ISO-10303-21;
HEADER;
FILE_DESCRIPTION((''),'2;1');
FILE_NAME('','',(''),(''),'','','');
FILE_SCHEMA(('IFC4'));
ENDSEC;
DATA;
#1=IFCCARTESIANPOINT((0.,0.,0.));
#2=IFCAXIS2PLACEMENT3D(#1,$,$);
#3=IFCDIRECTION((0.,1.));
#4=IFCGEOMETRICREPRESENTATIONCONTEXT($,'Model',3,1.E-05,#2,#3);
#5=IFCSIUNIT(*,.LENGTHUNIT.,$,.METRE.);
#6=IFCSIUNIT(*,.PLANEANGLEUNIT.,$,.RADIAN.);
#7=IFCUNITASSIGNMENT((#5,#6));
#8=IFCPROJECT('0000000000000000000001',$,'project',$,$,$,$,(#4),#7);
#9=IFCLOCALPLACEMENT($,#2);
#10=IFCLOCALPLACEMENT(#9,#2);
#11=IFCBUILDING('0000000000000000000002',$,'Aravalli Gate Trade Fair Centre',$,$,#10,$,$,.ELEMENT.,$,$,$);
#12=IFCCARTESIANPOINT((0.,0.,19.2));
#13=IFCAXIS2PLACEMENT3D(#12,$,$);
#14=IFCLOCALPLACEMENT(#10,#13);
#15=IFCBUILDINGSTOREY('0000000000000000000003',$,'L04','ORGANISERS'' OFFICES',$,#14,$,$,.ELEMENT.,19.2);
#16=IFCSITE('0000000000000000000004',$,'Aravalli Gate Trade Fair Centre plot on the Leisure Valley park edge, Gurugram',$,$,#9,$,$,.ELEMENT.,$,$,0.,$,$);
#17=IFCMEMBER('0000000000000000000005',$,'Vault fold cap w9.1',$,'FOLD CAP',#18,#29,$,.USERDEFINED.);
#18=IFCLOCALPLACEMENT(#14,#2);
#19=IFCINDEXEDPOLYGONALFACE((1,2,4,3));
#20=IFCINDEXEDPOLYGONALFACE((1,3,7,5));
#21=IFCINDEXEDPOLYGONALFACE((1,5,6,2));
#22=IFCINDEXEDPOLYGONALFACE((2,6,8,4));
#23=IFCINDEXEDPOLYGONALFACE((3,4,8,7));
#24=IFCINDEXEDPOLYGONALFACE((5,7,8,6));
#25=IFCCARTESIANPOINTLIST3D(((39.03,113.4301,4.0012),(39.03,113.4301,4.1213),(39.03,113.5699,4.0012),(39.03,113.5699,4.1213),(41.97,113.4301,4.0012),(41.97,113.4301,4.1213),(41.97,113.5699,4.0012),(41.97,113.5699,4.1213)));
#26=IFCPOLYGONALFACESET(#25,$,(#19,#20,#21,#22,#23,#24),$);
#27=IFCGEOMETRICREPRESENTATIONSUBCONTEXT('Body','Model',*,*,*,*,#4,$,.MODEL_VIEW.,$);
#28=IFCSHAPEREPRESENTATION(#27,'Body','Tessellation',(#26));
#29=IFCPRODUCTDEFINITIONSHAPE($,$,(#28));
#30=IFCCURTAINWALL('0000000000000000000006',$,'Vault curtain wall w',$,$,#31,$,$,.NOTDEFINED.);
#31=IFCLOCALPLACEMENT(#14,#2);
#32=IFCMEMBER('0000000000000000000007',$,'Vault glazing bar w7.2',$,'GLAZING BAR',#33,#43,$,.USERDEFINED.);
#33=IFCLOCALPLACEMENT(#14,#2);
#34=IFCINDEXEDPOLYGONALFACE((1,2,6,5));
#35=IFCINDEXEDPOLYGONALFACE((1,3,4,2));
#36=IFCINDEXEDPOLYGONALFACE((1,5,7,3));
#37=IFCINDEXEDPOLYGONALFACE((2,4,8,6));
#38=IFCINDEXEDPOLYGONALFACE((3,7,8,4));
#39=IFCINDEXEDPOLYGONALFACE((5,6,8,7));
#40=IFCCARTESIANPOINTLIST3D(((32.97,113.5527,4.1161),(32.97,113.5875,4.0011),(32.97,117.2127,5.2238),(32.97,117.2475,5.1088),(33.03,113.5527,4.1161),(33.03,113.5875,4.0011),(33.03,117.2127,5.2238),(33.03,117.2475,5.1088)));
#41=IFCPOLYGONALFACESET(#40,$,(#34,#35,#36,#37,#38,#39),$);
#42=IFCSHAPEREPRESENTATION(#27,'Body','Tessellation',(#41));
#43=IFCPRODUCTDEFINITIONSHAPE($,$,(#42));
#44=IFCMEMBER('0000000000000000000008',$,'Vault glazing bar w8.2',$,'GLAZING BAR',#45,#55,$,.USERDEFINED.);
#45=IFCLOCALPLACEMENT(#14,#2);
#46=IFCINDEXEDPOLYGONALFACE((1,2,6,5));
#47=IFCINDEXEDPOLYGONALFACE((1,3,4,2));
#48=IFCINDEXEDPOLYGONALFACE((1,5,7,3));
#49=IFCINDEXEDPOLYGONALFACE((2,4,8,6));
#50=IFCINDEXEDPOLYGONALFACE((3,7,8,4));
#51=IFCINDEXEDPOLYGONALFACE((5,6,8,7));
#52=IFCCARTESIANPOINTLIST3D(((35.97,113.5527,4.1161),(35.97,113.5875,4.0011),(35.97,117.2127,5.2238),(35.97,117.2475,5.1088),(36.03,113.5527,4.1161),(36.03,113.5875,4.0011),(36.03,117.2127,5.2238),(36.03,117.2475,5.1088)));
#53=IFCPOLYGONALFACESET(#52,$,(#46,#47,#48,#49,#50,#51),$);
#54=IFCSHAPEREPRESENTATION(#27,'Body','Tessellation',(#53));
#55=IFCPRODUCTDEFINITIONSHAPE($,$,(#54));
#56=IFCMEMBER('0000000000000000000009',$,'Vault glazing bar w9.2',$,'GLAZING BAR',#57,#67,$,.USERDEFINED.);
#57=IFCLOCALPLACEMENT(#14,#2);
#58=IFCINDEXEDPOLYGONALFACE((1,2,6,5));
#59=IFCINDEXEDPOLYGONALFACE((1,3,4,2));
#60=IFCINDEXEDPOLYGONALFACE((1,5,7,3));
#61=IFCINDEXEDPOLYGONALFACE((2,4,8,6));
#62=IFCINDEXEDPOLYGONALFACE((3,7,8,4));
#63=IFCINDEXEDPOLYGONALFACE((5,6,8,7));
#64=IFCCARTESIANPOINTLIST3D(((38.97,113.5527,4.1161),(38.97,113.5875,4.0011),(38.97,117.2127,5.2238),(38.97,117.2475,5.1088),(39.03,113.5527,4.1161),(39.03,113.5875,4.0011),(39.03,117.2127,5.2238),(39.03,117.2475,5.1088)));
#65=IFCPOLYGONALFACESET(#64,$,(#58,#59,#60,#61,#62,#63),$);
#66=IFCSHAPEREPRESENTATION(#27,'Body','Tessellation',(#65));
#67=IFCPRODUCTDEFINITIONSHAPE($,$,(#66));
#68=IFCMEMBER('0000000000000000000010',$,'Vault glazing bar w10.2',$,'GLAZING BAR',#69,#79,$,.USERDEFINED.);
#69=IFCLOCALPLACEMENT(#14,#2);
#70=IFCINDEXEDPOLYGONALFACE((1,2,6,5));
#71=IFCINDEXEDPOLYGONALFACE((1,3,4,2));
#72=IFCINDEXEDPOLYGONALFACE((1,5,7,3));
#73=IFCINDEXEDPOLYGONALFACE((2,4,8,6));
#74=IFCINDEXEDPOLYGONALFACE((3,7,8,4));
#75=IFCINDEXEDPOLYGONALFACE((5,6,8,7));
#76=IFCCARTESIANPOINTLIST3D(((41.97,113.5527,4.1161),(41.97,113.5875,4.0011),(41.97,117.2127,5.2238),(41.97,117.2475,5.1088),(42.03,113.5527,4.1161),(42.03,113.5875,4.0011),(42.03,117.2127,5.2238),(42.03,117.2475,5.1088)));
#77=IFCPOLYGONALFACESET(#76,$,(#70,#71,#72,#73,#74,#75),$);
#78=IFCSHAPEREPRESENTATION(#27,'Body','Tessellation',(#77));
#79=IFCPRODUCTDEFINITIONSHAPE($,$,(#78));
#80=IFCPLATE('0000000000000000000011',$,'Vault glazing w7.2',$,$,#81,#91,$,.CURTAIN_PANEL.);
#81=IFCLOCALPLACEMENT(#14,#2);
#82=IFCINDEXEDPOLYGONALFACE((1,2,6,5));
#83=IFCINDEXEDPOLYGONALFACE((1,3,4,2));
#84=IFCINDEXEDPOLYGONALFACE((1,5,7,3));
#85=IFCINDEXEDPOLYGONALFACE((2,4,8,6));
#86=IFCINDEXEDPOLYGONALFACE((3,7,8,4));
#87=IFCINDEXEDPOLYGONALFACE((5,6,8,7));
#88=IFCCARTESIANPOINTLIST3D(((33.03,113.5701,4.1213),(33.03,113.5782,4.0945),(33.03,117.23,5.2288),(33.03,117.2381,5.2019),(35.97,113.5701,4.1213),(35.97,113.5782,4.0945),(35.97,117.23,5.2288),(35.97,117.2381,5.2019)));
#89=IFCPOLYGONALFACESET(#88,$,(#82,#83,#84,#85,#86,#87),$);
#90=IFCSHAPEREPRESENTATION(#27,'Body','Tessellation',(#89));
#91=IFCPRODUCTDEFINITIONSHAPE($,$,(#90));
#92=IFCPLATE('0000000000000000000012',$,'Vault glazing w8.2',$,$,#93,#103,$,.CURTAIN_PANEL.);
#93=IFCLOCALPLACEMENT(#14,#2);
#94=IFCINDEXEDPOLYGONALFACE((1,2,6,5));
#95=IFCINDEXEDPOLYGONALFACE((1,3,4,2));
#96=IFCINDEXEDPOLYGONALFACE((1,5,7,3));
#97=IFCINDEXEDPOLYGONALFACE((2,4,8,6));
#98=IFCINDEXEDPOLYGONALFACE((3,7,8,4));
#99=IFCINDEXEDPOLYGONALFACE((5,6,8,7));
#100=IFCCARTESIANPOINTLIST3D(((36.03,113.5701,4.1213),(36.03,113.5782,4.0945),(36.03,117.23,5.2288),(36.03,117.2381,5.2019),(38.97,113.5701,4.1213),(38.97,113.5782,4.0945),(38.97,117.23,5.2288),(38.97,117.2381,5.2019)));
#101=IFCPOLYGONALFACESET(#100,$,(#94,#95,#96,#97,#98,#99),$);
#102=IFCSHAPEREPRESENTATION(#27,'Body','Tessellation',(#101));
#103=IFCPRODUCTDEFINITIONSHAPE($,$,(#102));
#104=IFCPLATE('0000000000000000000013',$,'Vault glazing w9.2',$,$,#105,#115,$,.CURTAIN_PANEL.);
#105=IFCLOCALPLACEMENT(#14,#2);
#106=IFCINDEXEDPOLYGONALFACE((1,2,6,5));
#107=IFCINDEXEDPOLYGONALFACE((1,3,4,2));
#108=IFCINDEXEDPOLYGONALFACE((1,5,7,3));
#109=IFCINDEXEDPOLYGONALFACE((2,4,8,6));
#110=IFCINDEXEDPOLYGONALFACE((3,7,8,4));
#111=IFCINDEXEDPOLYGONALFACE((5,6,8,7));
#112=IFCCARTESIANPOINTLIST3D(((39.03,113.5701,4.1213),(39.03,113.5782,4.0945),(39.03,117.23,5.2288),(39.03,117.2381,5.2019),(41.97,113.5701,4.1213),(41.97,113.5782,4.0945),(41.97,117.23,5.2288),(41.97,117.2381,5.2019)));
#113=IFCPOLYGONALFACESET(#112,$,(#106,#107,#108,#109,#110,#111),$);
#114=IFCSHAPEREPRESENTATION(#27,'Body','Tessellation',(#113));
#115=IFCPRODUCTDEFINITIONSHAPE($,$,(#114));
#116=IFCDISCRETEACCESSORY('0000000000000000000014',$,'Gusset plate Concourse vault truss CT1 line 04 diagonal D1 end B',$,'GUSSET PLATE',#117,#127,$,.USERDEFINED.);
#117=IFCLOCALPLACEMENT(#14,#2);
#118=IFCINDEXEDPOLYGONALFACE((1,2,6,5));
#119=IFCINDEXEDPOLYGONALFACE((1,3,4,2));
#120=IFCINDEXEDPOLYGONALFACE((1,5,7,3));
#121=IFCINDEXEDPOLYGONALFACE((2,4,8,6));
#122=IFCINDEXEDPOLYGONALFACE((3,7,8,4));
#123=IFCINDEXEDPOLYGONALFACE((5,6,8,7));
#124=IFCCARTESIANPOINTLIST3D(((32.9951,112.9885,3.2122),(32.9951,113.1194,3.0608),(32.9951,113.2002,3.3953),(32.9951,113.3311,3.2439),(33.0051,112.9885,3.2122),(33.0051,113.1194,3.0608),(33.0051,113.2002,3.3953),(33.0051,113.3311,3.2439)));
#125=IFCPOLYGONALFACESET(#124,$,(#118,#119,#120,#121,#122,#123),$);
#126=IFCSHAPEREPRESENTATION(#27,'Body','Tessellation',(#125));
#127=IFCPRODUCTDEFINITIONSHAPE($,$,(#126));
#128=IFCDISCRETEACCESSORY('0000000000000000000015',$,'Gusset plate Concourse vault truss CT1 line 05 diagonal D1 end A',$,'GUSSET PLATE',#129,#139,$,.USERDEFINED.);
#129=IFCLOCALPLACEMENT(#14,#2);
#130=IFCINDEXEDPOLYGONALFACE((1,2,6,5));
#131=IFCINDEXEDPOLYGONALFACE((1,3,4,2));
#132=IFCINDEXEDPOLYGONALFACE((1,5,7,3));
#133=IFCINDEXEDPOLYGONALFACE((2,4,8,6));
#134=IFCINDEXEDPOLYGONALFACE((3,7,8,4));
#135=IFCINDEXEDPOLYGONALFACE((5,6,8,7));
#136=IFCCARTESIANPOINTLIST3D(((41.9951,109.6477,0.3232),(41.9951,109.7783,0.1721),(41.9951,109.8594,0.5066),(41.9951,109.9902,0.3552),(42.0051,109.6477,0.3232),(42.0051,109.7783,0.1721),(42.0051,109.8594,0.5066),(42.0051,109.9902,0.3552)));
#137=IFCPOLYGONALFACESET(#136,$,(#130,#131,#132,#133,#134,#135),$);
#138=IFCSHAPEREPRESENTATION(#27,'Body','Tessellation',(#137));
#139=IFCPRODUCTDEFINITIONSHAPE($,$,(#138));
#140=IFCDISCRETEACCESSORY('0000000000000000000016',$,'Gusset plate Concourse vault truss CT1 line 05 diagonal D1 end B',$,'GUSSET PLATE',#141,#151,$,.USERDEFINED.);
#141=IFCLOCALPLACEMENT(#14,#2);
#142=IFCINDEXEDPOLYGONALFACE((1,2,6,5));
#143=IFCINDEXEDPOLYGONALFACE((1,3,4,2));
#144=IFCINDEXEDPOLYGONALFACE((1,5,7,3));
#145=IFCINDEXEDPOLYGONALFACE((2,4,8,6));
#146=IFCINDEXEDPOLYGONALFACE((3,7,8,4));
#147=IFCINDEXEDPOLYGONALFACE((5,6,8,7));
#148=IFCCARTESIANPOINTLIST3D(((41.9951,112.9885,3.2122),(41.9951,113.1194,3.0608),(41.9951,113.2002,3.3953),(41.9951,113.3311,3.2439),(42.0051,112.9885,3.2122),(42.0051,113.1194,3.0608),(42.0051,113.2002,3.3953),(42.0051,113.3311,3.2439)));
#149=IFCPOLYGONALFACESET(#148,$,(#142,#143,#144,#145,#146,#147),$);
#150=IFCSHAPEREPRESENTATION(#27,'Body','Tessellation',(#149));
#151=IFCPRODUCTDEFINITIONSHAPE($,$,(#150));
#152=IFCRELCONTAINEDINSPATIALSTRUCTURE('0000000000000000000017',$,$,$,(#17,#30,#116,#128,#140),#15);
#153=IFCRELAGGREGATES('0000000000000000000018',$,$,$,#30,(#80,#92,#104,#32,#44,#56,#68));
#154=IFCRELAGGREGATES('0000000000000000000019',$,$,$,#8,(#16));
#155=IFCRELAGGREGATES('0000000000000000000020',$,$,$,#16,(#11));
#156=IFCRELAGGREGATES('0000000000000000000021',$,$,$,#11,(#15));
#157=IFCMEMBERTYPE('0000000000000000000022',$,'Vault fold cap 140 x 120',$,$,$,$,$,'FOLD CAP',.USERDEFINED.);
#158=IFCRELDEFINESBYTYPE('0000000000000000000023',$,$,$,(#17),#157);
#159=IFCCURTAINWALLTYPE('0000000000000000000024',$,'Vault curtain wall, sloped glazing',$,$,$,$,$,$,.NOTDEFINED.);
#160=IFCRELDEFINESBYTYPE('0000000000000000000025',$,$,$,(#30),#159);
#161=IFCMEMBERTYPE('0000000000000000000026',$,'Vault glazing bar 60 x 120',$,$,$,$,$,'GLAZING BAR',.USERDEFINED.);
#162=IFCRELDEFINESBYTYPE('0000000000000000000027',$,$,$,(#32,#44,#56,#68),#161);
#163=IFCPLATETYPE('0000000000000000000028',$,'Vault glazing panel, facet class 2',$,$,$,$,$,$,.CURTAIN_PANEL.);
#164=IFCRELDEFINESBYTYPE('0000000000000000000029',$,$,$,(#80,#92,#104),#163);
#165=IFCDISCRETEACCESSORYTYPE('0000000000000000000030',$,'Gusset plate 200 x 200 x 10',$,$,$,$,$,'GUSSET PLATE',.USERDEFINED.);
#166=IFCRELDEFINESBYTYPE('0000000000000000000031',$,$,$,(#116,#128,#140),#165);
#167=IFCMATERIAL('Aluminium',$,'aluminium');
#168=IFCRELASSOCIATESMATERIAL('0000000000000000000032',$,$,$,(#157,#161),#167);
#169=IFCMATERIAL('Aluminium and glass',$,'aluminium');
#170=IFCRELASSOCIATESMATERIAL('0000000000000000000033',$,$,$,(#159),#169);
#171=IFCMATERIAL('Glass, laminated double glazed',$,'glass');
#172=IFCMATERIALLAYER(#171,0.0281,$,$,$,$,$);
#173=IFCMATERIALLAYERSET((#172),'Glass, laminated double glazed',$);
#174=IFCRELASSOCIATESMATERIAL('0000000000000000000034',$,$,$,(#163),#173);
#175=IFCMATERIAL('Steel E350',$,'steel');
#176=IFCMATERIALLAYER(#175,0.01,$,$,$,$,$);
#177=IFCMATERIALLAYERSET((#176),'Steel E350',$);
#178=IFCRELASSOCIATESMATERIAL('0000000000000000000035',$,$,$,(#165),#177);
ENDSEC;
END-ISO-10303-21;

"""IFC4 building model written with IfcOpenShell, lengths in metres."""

from ifc_helpers import new_model, si_unit, direction, frame, origin, origin_2d, place, context, subcontext, project, spatial, polyline, rectangle, outline, extrude, material, layer, layer_set, material_profile, profile_set, type_object, element, aggregate, save


model = new_model("IFC4")

# Units and contexts
model_context = context("Model", 3, precision=1e-05, world=origin(), true_north=direction((0.0, 1.0)))
body_context = subcontext(model_context, "Body", "Model", "MODEL_VIEW")
ifc_project = project(units=[si_unit("LENGTHUNIT", "METRE"), si_unit("PLANEANGLEUNIT", "RADIAN")], contexts=[model_context])

# Site, building, storey
site_placement = place(None, origin())
site = spatial("IfcSite", under=ifc_project, at=site_placement, Name="Aravalli Gate Trade Fair Centre plot on the Leisure Valley park edge, Gurugram", CompositionType="ELEMENT", RefElevation=0.0)
building_placement = place(site_placement, origin())
building = spatial("IfcBuilding", under=site, at=building_placement, Name="Aravalli Gate Trade Fair Centre", CompositionType="ELEMENT")
storey_placement = place(building_placement, frame((0.0, 0.0, 19.2)))
storey = spatial("IfcBuildingStorey", under=building, at=storey_placement, Name="L04", Description="ORGANISERS' OFFICES", CompositionType="ELEMENT", Elevation=19.2)

# Member
ifc_material_1 = material(Name="Steel E350", Category="steel")
ifc_material_2 = material(Name="Aluminium", Category="aluminium")
ifc_material_profile_1 = material_profile(ifc_material_2, rectangle(XDim=0.1399, YDim=0.1201, at=origin_2d()), Name="Vault fold cap 140 x 120")
ifc_profile_set_1 = profile_set([ifc_material_profile_1], Name="Aluminium")
member_type_1 = type_object("IfcMemberType", Name="Vault fold cap 140 x 120", ElementType="FOLD CAP", PredefinedType="USERDEFINED", material=ifc_profile_set_1)
for number, where, z_axis, x_axis, name in (
    (1, (39.03, 113.5, 4.0613), (1.0, 0.0, 0.0), (0.0, 1.0, 0.0), "Vault fold cap w9.1"),
):
    element("IfcMember", number, at=place(storey_placement, frame(where, z_axis=z_axis, x_axis=x_axis)), inside=storey, type_object=member_type_1, Name=name, ObjectType="FOLD CAP", PredefinedType="USERDEFINED", context=body_context, shape_type="SweptSolid", body=[
        extrude(rectangle(XDim=0.1399, YDim=0.1201, at=origin_2d()), origin(), (0.0, 0.0, 1.0), 2.9399),
    ])

# Curtain wall, members, plates
ifc_material_3 = material(Name="Aluminium and glass", Category="aluminium")
curtain_wall_type = type_object("IfcCurtainWallType", Name="Vault curtain wall, sloped glazing", PredefinedType="NOTDEFINED", material=ifc_material_3)
curtain_wall_placement = place(storey_placement, origin())
curtain_wall = element("IfcCurtainWall", 2, at=curtain_wall_placement, inside=storey, type_object=curtain_wall_type, Name="Vault curtain wall w", PredefinedType="NOTDEFINED")
ifc_material_profile_2 = material_profile(ifc_material_2, rectangle(XDim=0.0601, YDim=0.1201, at=origin_2d()), Name="Vault glazing bar 60 x 120")
ifc_profile_set_2 = profile_set([ifc_material_profile_2], Name="Aluminium")
member_type_2 = type_object("IfcMemberType", Name="Vault glazing bar 60 x 120", ElementType="GLAZING BAR", PredefinedType="USERDEFINED", material=ifc_profile_set_2)
member_1_placement = place(storey_placement, frame((33.0, 113.5701, 4.0586), z_axis=(0.0, 0.957126, 0.289672), x_axis=(-1.0, 0.0, 0.0)))
member_1 = element("IfcMember", 3, at=member_1_placement, type_object=member_type_2, Name="Vault glazing bar w7.2", ObjectType="GLAZING BAR", PredefinedType="USERDEFINED", context=body_context, shape_type="SweptSolid", body=[
    extrude(rectangle(XDim=0.0601, YDim=0.1201, at=origin_2d()), origin(), (0.0, 0.0, 1.0), 3.824),
])
member_2_placement = place(storey_placement, frame((36.0, 113.5701, 4.0586), z_axis=(0.0, 0.957126, 0.289672), x_axis=(-1.0, 0.0, 0.0)))
member_2 = element("IfcMember", 4, at=member_2_placement, type_object=member_type_2, Name="Vault glazing bar w8.2", ObjectType="GLAZING BAR", PredefinedType="USERDEFINED", context=body_context, shape_type="SweptSolid", body=[
    extrude(rectangle(XDim=0.0601, YDim=0.1201, at=origin_2d()), origin(), (0.0, 0.0, 1.0), 3.824),
])
member_3_placement = place(storey_placement, frame((39.0, 113.5701, 4.0586), z_axis=(0.0, 0.957126, 0.289672), x_axis=(-1.0, 0.0, 0.0)))
member_3 = element("IfcMember", 5, at=member_3_placement, type_object=member_type_2, Name="Vault glazing bar w9.2", ObjectType="GLAZING BAR", PredefinedType="USERDEFINED", context=body_context, shape_type="SweptSolid", body=[
    extrude(rectangle(XDim=0.0601, YDim=0.1201, at=origin_2d()), origin(), (0.0, 0.0, 1.0), 3.824),
])
member_4_placement = place(storey_placement, frame((42.0, 113.5701, 4.0586), z_axis=(0.0, 0.957126, 0.289672), x_axis=(-1.0, 0.0, 0.0)))
member_4 = element("IfcMember", 6, at=member_4_placement, type_object=member_type_2, Name="Vault glazing bar w10.2", ObjectType="GLAZING BAR", PredefinedType="USERDEFINED", context=body_context, shape_type="SweptSolid", body=[
    extrude(rectangle(XDim=0.0601, YDim=0.1201, at=origin_2d()), origin(), (0.0, 0.0, 1.0), 3.824),
])
ifc_material_4 = material(Name="Glass, laminated double glazed", Category="glass")
ifc_layer_1 = layer(ifc_material_4, 0.0281)
ifc_layer_set_1 = layer_set([ifc_layer_1], Name="Glass, laminated double glazed")
plate_type = type_object("IfcPlateType", Name="Vault glazing panel, facet class 2", PredefinedType="CURTAIN_PANEL", material=ifc_layer_set_1)
plate_1_placement = place(storey_placement, frame((33.03, 113.5701, 4.1213), z_axis=(0.0, -0.289614, 0.957144), x_axis=(1.0, 0.0, 0.0)))
plate_1 = element("IfcPlate", 7, at=plate_1_placement, type_object=plate_type, Name="Vault glazing w7.2", PredefinedType="CURTAIN_PANEL", context=body_context, shape_type="SweptSolid", body=[
    extrude(outline(polyline([(0.0, 0.0), (2.9399, 0.0), (2.9399, 3.8238), (0.0, 3.8238), (0.0, 0.0)])), origin(), (0.0, 0.0, -1.0), 0.0281),
])
plate_2_placement = place(storey_placement, frame((36.03, 113.5701, 4.1213), z_axis=(0.0, -0.289614, 0.957144), x_axis=(1.0, 0.0, 0.0)))
plate_2 = element("IfcPlate", 8, at=plate_2_placement, type_object=plate_type, Name="Vault glazing w8.2", PredefinedType="CURTAIN_PANEL", context=body_context, shape_type="SweptSolid", body=[
    extrude(outline(polyline([(0.0, 0.0), (2.9399, 0.0), (2.9399, 3.8238), (0.0, 3.8238), (0.0, 0.0)])), origin(), (0.0, 0.0, -1.0), 0.0281),
])
plate_3_placement = place(storey_placement, frame((39.03, 113.5701, 4.1213), z_axis=(0.0, -0.289614, 0.957144), x_axis=(1.0, 0.0, 0.0)))
plate_3 = element("IfcPlate", 9, at=plate_3_placement, type_object=plate_type, Name="Vault glazing w9.2", PredefinedType="CURTAIN_PANEL", context=body_context, shape_type="SweptSolid", body=[
    extrude(outline(polyline([(0.0, 0.0), (2.9399, 0.0), (2.9399, 3.8238), (0.0, 3.8238), (0.0, 0.0)])), origin(), (0.0, 0.0, -1.0), 0.0281),
])
aggregate(curtain_wall, [plate_1, plate_2, plate_3, member_1, member_2, member_3, member_4])

# Discrete accessories
ifc_layer_2 = layer(ifc_material_1, 0.01)
ifc_layer_set_2 = layer_set([ifc_layer_2], Name="Steel E350")
discrete_accessory_type = type_object("IfcDiscreteAccessoryType", Name="Gusset plate 200 x 200 x 10", ElementType="GUSSET PLATE", PredefinedType="USERDEFINED", material=ifc_layer_set_2)
discrete_accessory_1_placement = place(storey_placement, frame((32.9951, 112.9885, 3.2122), z_axis=(-1.0, 0.0, 0.0), x_axis=(0.0, 0.756293, 0.654233)))
element("IfcDiscreteAccessory", 10, at=discrete_accessory_1_placement, inside=storey, type_object=discrete_accessory_type, Name="Gusset plate Concourse vault truss CT1 line 04 diagonal D1 end B", ObjectType="GUSSET PLATE", PredefinedType="USERDEFINED", context=body_context, shape_type="SweptSolid", body=[
    extrude(outline(polyline([(0.0, 0.0), (0.2799, 0.0), (0.2798, 0.2001), (-0.0001, 0.2001), (0.0, 0.0)])), origin(), (0.0, 0.0, -1.0), 0.01),
])
discrete_accessory_2_placement = place(storey_placement, frame((41.9951, 109.9902, 0.3552), z_axis=(-1.0, 0.0, 0.0), x_axis=(0.0, -0.756666, -0.653801)))
element("IfcDiscreteAccessory", 11, at=discrete_accessory_2_placement, inside=storey, type_object=discrete_accessory_type, Name="Gusset plate Concourse vault truss CT1 line 05 diagonal D1 end A", ObjectType="GUSSET PLATE", PredefinedType="USERDEFINED", context=body_context, shape_type="SweptSolid", body=[
    extrude(outline(polyline([(0.0, 0.0), (0.2801, 0.0), (0.2801, 0.1997), (0.0001, 0.2001), (0.0, 0.0)])), origin(), (0.0, 0.0, -1.0), 0.01),
])
discrete_accessory_3_placement = place(storey_placement, frame((41.9951, 112.9885, 3.2122), z_axis=(-1.0, 0.0, 0.0), x_axis=(0.0, 0.756293, 0.654233)))
element("IfcDiscreteAccessory", 12, at=discrete_accessory_3_placement, inside=storey, type_object=discrete_accessory_type, Name="Gusset plate Concourse vault truss CT1 line 05 diagonal D1 end B", ObjectType="GUSSET PLATE", PredefinedType="USERDEFINED", context=body_context, shape_type="SweptSolid", body=[
    extrude(outline(polyline([(0.0, 0.0), (0.2799, 0.0), (0.2798, 0.2001), (-0.0001, 0.2001), (0.0, 0.0)])), origin(), (0.0, 0.0, -1.0), 0.01),
])

save(model, "model.ifc")
